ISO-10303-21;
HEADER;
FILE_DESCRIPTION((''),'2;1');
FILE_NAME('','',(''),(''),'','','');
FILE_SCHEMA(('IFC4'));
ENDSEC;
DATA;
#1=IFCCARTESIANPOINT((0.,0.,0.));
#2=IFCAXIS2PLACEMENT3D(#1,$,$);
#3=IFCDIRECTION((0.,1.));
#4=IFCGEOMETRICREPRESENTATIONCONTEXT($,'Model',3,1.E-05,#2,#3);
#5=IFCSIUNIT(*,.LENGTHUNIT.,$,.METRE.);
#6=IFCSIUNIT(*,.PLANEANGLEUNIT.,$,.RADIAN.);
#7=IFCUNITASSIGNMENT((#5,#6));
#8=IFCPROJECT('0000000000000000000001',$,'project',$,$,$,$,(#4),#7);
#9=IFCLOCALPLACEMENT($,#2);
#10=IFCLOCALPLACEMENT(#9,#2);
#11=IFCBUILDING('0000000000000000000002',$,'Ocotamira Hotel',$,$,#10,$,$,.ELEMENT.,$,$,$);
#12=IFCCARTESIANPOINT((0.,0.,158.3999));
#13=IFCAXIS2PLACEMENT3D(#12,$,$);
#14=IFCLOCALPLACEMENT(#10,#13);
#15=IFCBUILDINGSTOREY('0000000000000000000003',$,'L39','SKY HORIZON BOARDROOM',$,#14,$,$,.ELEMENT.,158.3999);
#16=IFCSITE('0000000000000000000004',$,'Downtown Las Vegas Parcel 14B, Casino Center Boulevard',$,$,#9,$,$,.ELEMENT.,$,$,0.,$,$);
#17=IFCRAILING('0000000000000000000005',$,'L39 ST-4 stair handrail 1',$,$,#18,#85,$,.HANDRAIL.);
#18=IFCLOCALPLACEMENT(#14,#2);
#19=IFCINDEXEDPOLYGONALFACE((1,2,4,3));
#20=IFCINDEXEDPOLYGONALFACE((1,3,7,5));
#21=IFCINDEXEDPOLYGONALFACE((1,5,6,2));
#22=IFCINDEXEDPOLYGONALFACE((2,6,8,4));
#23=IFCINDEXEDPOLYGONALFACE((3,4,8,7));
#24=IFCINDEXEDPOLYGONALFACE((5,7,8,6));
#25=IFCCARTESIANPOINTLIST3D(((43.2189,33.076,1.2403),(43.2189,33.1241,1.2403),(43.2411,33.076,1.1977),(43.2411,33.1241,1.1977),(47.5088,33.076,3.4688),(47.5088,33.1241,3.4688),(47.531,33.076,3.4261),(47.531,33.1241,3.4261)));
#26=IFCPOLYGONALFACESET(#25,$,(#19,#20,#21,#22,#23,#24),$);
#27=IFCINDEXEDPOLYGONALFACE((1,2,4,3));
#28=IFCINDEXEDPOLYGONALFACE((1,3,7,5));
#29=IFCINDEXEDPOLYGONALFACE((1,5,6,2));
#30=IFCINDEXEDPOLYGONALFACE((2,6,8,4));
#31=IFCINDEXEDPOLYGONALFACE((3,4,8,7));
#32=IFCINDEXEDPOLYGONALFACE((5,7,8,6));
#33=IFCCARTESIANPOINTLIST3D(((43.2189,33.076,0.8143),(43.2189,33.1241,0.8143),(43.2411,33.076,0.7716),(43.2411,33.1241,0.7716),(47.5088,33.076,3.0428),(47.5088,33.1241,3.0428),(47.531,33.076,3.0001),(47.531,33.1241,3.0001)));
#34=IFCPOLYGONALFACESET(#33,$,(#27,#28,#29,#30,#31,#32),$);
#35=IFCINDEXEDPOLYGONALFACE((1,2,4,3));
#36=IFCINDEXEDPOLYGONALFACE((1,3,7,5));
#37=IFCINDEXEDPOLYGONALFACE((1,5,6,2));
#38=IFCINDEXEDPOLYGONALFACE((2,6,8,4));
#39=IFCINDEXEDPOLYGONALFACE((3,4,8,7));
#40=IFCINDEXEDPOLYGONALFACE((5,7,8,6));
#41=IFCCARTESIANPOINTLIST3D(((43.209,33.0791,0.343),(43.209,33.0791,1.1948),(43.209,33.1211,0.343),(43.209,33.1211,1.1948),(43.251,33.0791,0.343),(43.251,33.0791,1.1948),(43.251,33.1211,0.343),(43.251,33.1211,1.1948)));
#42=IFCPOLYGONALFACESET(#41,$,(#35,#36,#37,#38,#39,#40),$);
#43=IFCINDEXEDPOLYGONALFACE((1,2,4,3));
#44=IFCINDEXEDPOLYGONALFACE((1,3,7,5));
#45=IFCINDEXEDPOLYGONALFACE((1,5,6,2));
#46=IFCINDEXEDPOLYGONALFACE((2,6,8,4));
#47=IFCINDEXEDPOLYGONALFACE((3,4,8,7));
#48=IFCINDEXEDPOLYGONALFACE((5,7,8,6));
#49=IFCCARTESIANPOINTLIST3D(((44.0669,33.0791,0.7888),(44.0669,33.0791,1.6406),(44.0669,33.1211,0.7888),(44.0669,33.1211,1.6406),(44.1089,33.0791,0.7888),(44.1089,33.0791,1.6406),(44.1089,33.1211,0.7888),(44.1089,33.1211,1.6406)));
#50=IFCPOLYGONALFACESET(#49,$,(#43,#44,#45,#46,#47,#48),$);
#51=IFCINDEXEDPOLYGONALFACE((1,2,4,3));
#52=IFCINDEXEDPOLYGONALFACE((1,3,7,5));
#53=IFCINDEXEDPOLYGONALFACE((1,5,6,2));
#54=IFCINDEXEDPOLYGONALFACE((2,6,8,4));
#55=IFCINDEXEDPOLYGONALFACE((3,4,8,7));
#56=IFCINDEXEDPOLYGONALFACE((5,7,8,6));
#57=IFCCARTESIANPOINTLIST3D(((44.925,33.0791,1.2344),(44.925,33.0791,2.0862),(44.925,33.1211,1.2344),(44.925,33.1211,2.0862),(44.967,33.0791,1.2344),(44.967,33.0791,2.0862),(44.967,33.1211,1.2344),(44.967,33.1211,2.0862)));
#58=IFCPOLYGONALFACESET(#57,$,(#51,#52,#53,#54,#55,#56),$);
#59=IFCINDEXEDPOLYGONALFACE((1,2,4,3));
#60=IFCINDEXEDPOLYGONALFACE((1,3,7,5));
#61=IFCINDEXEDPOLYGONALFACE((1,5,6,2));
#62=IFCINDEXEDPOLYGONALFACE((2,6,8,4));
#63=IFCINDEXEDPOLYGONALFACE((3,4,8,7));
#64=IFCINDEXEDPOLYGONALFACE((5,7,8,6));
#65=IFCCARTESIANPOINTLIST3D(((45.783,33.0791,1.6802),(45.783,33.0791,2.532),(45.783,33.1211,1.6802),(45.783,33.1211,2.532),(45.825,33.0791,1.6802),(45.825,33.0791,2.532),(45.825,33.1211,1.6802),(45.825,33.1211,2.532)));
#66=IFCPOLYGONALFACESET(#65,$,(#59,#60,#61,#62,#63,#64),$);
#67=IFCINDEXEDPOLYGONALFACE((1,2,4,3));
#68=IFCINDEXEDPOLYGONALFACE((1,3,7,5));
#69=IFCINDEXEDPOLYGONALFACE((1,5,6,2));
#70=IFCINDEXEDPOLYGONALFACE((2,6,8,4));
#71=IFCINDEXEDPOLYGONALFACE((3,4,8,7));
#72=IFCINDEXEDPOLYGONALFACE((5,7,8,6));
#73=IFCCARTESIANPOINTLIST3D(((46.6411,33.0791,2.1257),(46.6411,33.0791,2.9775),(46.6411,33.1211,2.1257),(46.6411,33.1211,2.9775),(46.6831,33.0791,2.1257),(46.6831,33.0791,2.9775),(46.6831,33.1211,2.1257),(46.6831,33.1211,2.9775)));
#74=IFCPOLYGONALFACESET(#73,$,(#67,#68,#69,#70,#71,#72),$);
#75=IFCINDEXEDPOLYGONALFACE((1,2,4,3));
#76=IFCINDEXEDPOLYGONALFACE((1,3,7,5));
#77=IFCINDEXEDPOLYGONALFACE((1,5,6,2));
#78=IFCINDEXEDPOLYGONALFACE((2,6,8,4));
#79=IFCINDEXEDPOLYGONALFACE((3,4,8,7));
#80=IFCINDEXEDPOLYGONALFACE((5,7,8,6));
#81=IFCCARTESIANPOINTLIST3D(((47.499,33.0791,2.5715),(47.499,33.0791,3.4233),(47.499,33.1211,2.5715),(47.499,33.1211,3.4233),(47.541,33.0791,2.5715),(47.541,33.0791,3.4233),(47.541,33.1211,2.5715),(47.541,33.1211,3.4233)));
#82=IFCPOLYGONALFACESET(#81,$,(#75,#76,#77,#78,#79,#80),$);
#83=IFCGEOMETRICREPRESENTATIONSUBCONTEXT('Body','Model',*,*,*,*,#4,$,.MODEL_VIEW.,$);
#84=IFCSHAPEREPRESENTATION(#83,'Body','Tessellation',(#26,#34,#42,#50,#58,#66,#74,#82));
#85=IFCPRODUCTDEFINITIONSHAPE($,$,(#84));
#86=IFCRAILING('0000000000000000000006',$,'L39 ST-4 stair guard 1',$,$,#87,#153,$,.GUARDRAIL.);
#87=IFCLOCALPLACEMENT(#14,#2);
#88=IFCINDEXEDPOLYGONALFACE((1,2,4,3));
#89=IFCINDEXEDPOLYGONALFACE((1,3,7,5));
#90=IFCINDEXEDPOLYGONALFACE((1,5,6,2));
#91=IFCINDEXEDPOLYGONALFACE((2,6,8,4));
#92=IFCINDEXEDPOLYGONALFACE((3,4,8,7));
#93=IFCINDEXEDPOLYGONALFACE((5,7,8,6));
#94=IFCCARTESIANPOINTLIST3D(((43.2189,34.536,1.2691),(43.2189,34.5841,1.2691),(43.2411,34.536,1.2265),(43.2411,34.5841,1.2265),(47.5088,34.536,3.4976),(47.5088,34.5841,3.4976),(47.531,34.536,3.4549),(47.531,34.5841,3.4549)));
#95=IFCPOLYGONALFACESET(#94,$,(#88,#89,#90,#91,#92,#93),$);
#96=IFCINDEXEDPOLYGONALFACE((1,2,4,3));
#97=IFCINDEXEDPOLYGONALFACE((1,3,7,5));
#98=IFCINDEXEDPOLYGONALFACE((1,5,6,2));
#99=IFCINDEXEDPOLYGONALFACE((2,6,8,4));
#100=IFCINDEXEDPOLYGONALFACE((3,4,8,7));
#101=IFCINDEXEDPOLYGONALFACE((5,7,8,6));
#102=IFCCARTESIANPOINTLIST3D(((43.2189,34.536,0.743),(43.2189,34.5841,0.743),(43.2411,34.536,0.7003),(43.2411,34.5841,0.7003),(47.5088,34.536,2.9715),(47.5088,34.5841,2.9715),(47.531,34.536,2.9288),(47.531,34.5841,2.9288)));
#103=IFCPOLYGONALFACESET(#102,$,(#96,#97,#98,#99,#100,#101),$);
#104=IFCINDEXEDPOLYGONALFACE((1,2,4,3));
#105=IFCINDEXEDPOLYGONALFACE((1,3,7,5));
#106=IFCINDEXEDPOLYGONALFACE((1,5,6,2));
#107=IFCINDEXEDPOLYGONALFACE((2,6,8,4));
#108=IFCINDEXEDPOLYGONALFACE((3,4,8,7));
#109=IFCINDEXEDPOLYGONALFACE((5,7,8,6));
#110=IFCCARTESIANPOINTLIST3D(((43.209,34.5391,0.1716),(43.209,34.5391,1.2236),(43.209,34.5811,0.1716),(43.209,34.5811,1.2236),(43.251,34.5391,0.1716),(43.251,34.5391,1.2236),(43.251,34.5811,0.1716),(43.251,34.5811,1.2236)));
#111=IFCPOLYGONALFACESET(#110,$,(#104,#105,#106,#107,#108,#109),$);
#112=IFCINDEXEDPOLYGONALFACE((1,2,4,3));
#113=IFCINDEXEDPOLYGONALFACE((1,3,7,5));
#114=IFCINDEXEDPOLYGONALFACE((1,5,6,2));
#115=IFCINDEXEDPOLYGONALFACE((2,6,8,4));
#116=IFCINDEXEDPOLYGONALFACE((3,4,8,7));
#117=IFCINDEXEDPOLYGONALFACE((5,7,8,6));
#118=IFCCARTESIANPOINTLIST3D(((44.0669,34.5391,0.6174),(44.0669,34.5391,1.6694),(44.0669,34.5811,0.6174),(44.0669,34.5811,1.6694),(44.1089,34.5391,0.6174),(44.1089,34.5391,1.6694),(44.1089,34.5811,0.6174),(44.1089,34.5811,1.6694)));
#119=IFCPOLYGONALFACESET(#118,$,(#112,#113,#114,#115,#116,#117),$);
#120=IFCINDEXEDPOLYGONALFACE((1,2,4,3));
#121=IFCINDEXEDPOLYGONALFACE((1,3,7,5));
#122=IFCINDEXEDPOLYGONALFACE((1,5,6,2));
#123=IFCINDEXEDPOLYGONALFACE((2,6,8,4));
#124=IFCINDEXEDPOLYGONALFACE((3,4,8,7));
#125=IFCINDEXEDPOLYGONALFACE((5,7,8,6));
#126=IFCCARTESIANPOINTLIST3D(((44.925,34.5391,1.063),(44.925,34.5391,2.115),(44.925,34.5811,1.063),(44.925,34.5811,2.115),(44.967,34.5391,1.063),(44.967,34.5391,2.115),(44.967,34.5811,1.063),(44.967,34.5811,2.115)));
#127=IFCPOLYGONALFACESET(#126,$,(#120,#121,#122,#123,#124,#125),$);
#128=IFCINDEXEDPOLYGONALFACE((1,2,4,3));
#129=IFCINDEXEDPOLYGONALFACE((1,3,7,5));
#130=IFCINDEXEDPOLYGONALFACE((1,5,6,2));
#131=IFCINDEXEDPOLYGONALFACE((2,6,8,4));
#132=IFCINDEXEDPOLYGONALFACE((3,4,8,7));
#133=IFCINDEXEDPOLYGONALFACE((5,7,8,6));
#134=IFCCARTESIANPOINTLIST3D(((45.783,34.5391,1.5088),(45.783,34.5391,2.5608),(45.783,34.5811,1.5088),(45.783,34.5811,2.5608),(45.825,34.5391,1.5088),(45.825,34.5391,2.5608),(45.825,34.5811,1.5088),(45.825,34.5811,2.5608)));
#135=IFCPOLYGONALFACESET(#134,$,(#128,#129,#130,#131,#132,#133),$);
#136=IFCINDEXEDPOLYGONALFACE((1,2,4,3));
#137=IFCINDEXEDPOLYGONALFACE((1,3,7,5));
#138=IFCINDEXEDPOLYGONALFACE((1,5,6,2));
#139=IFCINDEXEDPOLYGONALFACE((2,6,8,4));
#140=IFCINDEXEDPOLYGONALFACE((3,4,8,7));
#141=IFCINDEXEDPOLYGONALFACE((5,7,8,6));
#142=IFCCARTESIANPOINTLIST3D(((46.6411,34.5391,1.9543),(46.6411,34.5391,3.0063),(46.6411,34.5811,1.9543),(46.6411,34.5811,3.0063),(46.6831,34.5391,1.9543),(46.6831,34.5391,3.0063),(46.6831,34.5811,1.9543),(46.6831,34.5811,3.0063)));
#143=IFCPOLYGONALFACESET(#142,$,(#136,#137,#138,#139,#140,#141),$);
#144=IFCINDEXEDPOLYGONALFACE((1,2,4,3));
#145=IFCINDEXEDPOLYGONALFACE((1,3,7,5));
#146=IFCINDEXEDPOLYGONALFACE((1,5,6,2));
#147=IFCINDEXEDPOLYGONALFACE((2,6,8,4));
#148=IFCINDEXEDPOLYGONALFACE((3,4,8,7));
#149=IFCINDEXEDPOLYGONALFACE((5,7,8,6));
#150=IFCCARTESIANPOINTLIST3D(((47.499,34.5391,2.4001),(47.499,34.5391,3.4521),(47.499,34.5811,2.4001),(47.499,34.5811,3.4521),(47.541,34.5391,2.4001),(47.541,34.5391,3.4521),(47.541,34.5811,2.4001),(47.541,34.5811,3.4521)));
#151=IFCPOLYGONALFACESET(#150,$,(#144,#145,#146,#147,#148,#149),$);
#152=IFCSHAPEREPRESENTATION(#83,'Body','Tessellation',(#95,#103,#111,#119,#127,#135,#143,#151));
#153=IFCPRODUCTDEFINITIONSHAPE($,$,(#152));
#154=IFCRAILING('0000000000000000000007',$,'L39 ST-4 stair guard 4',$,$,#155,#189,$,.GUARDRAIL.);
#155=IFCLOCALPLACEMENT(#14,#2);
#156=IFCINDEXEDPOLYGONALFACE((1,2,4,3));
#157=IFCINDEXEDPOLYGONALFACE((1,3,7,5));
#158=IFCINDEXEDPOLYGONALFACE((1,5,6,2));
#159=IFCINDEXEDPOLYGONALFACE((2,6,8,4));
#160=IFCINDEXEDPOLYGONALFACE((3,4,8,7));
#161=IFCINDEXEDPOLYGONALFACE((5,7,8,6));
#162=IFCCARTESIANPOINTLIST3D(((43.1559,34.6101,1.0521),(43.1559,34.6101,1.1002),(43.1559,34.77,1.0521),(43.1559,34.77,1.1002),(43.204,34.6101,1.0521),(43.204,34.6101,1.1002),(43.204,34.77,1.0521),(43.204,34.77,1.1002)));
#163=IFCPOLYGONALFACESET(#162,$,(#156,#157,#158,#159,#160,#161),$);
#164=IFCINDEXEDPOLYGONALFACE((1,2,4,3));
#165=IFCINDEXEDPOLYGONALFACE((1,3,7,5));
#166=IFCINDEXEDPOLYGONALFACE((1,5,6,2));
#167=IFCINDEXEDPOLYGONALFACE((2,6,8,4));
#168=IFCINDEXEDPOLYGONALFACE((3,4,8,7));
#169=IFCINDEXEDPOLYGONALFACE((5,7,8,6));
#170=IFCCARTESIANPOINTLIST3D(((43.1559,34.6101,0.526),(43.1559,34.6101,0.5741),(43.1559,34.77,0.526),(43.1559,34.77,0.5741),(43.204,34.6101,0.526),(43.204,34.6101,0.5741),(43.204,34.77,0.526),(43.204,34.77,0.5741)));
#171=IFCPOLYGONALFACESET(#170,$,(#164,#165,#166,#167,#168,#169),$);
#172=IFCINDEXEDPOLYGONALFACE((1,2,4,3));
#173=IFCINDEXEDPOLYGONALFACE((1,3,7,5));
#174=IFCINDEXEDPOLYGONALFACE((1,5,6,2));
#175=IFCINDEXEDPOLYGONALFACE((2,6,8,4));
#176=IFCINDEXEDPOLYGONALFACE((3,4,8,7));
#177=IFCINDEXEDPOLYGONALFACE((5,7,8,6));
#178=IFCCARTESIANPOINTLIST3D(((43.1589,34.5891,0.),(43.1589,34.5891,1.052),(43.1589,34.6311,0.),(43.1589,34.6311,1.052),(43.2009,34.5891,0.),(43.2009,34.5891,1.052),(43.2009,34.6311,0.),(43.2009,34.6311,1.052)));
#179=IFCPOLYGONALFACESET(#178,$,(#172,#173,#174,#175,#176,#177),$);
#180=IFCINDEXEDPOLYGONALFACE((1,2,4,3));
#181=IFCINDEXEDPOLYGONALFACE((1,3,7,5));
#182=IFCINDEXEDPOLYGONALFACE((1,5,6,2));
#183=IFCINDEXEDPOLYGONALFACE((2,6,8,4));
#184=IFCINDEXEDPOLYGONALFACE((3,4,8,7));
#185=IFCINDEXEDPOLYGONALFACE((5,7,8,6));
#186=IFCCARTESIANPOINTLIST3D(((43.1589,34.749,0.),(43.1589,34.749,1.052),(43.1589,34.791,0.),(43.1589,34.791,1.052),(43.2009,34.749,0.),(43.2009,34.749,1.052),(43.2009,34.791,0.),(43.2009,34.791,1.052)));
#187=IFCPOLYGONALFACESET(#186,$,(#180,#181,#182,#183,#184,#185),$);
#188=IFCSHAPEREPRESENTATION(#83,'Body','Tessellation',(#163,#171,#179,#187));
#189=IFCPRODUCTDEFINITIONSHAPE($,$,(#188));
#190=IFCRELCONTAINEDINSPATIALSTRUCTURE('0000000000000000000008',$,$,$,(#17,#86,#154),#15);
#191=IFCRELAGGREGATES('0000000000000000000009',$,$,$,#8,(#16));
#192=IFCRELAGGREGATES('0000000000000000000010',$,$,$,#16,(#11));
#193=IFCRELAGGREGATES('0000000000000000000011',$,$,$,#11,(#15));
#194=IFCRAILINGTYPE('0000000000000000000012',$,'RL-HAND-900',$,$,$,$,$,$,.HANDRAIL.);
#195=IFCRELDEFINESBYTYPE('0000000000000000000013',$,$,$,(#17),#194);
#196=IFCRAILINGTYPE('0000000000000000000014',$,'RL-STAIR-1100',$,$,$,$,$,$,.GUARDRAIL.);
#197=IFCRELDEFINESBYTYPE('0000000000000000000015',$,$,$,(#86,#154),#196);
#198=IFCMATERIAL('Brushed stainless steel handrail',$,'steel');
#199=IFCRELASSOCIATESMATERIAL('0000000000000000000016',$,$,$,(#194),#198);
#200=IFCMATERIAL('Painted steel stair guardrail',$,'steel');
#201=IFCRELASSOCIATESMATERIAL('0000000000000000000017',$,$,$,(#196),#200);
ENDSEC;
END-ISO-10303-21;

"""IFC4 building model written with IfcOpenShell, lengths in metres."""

from ifc_helpers import new_model, si_unit, direction, frame, origin, origin_2d, place, context, subcontext, project, spatial, rectangle, extrude, material, type_object, element, save


model = new_model("IFC4")

# Units and contexts
model_context = context("Model", 3, precision=1e-05, world=origin(), true_north=direction((0.0, 1.0)))
body_context = subcontext(model_context, "Body", "Model", "MODEL_VIEW")
ifc_project = project(units=[si_unit("LENGTHUNIT", "METRE"), si_unit("PLANEANGLEUNIT", "RADIAN")], contexts=[model_context])

# Site, building, storey
site_placement = place(None, origin())
site = spatial("IfcSite", under=ifc_project, at=site_placement, Name="Downtown Las Vegas Parcel 14B, Casino Center Boulevard", CompositionType="ELEMENT", RefElevation=0.0)
building_placement = place(site_placement, origin())
building = spatial("IfcBuilding", under=site, at=building_placement, Name="Ocotamira Hotel", CompositionType="ELEMENT")
storey_placement = place(building_placement, frame((0.0, 0.0, 158.3999)))
storey = spatial("IfcBuildingStorey", under=building, at=storey_placement, Name="L39", Description="SKY HORIZON BOARDROOM", CompositionType="ELEMENT", Elevation=158.3999)

# Railings
ifc_material_1 = material(Name="Painted steel stair guardrail", Category="steel")
ifc_material_2 = material(Name="Brushed stainless steel handrail", Category="steel")
railing_type_1 = type_object("IfcRailingType", Name="RL-HAND-900", PredefinedType="HANDRAIL", material=ifc_material_2)
railing_1_placement = place(storey_placement, frame((43.23, 33.1001, 0.343)))
element("IfcRailing", 1, at=railing_1_placement, inside=storey, type_object=railing_type_1, Name="L39 ST-4 stair handrail 1", PredefinedType="HANDRAIL", context=body_context, shape_type="SweptSolid", body=[
    extrude(rectangle(XDim=0.0481, YDim=0.0481, at=origin_2d()), frame((0.0, 0.0, 0.876), z_axis=(0.887412, 0.0, 0.460977), x_axis=(0.0, 1.0, 0.0)), (0.0, 0.0, 1.0), 4.8342),
    extrude(rectangle(XDim=0.0481, YDim=0.0481, at=origin_2d()), frame((0.0, 0.0, 0.45), z_axis=(0.887412, 0.0, 0.460977), x_axis=(0.0, 1.0, 0.0)), (0.0, 0.0, 1.0), 4.8342),
    extrude(rectangle(XDim=0.042, YDim=0.042, at=origin_2d()), origin(), (0.0, 0.0, 1.0), 0.8518),
    extrude(rectangle(XDim=0.042, YDim=0.042, at=origin_2d()), frame((0.8579, 0.0, 0.4458)), (0.0, 0.0, 1.0), 0.8518),
    extrude(rectangle(XDim=0.042, YDim=0.042, at=origin_2d()), frame((1.7161, 0.0, 0.8914)), (0.0, 0.0, 1.0), 0.8518),
    extrude(rectangle(XDim=0.042, YDim=0.042, at=origin_2d()), frame((2.574, 0.0, 1.3372)), (0.0, 0.0, 1.0), 0.8518),
    extrude(rectangle(XDim=0.042, YDim=0.042, at=origin_2d()), frame((3.4321, 0.0, 1.7827)), (0.0, 0.0, 1.0), 0.8518),
    extrude(rectangle(XDim=0.042, YDim=0.042, at=origin_2d()), frame((4.29, 0.0, 2.2285)), (0.0, 0.0, 1.0), 0.8518),
])
railing_type_2 = type_object("IfcRailingType", Name="RL-STAIR-1100", PredefinedType="GUARDRAIL", material=ifc_material_1)
railing_2_placement = place(storey_placement, frame((43.23, 34.5601, 0.1716)))
element("IfcRailing", 2, at=railing_2_placement, inside=storey, type_object=railing_type_2, Name="L39 ST-4 stair guard 1", PredefinedType="GUARDRAIL", context=body_context, shape_type="SweptSolid", body=[
    extrude(rectangle(XDim=0.0481, YDim=0.0481, at=origin_2d()), frame((0.0, 0.0, 1.0762), z_axis=(0.887412, 0.0, 0.460977), x_axis=(0.0, 1.0, 0.0)), (0.0, 0.0, 1.0), 4.8342),
    extrude(rectangle(XDim=0.0481, YDim=0.0481, at=origin_2d()), frame((0.0, 0.0, 0.55), z_axis=(0.887412, 0.0, 0.460977), x_axis=(0.0, 1.0, 0.0)), (0.0, 0.0, 1.0), 4.8342),
    extrude(rectangle(XDim=0.042, YDim=0.042, at=origin_2d()), origin(), (0.0, 0.0, 1.0), 1.052),
    extrude(rectangle(XDim=0.042, YDim=0.042, at=origin_2d()), frame((0.8579, 0.0, 0.4458)), (0.0, 0.0, 1.0), 1.052),
    extrude(rectangle(XDim=0.042, YDim=0.042, at=origin_2d()), frame((1.7161, 0.0, 0.8914)), (0.0, 0.0, 1.0), 1.052),
    extrude(rectangle(XDim=0.042, YDim=0.042, at=origin_2d()), frame((2.574, 0.0, 1.3372)), (0.0, 0.0, 1.0), 1.052),
    extrude(rectangle(XDim=0.042, YDim=0.042, at=origin_2d()), frame((3.4321, 0.0, 1.7827)), (0.0, 0.0, 1.0), 1.052),
    extrude(rectangle(XDim=0.042, YDim=0.042, at=origin_2d()), frame((4.29, 0.0, 2.2285)), (0.0, 0.0, 1.0), 1.052),
])
railing_3_placement = place(storey_placement, frame((43.1799, 34.6101, 0.0)))
element("IfcRailing", 3, at=railing_3_placement, inside=storey, type_object=railing_type_2, Name="L39 ST-4 stair guard 4", PredefinedType="GUARDRAIL", context=body_context, shape_type="SweptSolid", body=[
    extrude(rectangle(XDim=0.0481, YDim=0.0481, at=origin_2d()), frame((0.0, 0.0, 1.0762), z_axis=(0.0, 1.0, 0.0), x_axis=(-1.0, 0.0, 0.0)), (0.0, 0.0, 1.0), 0.1599),
    extrude(rectangle(XDim=0.0481, YDim=0.0481, at=origin_2d()), frame((0.0, 0.0, 0.55), z_axis=(0.0, 1.0, 0.0), x_axis=(-1.0, 0.0, 0.0)), (0.0, 0.0, 1.0), 0.1599),
    extrude(rectangle(XDim=0.042, YDim=0.042, at=origin_2d()), origin(), (0.0, 0.0, 1.0), 1.052),
    extrude(rectangle(XDim=0.042, YDim=0.042, at=origin_2d()), frame((0.0, 0.1599, 0.0)), (0.0, 0.0, 1.0), 1.052),
])

save(model, "model.ifc")
